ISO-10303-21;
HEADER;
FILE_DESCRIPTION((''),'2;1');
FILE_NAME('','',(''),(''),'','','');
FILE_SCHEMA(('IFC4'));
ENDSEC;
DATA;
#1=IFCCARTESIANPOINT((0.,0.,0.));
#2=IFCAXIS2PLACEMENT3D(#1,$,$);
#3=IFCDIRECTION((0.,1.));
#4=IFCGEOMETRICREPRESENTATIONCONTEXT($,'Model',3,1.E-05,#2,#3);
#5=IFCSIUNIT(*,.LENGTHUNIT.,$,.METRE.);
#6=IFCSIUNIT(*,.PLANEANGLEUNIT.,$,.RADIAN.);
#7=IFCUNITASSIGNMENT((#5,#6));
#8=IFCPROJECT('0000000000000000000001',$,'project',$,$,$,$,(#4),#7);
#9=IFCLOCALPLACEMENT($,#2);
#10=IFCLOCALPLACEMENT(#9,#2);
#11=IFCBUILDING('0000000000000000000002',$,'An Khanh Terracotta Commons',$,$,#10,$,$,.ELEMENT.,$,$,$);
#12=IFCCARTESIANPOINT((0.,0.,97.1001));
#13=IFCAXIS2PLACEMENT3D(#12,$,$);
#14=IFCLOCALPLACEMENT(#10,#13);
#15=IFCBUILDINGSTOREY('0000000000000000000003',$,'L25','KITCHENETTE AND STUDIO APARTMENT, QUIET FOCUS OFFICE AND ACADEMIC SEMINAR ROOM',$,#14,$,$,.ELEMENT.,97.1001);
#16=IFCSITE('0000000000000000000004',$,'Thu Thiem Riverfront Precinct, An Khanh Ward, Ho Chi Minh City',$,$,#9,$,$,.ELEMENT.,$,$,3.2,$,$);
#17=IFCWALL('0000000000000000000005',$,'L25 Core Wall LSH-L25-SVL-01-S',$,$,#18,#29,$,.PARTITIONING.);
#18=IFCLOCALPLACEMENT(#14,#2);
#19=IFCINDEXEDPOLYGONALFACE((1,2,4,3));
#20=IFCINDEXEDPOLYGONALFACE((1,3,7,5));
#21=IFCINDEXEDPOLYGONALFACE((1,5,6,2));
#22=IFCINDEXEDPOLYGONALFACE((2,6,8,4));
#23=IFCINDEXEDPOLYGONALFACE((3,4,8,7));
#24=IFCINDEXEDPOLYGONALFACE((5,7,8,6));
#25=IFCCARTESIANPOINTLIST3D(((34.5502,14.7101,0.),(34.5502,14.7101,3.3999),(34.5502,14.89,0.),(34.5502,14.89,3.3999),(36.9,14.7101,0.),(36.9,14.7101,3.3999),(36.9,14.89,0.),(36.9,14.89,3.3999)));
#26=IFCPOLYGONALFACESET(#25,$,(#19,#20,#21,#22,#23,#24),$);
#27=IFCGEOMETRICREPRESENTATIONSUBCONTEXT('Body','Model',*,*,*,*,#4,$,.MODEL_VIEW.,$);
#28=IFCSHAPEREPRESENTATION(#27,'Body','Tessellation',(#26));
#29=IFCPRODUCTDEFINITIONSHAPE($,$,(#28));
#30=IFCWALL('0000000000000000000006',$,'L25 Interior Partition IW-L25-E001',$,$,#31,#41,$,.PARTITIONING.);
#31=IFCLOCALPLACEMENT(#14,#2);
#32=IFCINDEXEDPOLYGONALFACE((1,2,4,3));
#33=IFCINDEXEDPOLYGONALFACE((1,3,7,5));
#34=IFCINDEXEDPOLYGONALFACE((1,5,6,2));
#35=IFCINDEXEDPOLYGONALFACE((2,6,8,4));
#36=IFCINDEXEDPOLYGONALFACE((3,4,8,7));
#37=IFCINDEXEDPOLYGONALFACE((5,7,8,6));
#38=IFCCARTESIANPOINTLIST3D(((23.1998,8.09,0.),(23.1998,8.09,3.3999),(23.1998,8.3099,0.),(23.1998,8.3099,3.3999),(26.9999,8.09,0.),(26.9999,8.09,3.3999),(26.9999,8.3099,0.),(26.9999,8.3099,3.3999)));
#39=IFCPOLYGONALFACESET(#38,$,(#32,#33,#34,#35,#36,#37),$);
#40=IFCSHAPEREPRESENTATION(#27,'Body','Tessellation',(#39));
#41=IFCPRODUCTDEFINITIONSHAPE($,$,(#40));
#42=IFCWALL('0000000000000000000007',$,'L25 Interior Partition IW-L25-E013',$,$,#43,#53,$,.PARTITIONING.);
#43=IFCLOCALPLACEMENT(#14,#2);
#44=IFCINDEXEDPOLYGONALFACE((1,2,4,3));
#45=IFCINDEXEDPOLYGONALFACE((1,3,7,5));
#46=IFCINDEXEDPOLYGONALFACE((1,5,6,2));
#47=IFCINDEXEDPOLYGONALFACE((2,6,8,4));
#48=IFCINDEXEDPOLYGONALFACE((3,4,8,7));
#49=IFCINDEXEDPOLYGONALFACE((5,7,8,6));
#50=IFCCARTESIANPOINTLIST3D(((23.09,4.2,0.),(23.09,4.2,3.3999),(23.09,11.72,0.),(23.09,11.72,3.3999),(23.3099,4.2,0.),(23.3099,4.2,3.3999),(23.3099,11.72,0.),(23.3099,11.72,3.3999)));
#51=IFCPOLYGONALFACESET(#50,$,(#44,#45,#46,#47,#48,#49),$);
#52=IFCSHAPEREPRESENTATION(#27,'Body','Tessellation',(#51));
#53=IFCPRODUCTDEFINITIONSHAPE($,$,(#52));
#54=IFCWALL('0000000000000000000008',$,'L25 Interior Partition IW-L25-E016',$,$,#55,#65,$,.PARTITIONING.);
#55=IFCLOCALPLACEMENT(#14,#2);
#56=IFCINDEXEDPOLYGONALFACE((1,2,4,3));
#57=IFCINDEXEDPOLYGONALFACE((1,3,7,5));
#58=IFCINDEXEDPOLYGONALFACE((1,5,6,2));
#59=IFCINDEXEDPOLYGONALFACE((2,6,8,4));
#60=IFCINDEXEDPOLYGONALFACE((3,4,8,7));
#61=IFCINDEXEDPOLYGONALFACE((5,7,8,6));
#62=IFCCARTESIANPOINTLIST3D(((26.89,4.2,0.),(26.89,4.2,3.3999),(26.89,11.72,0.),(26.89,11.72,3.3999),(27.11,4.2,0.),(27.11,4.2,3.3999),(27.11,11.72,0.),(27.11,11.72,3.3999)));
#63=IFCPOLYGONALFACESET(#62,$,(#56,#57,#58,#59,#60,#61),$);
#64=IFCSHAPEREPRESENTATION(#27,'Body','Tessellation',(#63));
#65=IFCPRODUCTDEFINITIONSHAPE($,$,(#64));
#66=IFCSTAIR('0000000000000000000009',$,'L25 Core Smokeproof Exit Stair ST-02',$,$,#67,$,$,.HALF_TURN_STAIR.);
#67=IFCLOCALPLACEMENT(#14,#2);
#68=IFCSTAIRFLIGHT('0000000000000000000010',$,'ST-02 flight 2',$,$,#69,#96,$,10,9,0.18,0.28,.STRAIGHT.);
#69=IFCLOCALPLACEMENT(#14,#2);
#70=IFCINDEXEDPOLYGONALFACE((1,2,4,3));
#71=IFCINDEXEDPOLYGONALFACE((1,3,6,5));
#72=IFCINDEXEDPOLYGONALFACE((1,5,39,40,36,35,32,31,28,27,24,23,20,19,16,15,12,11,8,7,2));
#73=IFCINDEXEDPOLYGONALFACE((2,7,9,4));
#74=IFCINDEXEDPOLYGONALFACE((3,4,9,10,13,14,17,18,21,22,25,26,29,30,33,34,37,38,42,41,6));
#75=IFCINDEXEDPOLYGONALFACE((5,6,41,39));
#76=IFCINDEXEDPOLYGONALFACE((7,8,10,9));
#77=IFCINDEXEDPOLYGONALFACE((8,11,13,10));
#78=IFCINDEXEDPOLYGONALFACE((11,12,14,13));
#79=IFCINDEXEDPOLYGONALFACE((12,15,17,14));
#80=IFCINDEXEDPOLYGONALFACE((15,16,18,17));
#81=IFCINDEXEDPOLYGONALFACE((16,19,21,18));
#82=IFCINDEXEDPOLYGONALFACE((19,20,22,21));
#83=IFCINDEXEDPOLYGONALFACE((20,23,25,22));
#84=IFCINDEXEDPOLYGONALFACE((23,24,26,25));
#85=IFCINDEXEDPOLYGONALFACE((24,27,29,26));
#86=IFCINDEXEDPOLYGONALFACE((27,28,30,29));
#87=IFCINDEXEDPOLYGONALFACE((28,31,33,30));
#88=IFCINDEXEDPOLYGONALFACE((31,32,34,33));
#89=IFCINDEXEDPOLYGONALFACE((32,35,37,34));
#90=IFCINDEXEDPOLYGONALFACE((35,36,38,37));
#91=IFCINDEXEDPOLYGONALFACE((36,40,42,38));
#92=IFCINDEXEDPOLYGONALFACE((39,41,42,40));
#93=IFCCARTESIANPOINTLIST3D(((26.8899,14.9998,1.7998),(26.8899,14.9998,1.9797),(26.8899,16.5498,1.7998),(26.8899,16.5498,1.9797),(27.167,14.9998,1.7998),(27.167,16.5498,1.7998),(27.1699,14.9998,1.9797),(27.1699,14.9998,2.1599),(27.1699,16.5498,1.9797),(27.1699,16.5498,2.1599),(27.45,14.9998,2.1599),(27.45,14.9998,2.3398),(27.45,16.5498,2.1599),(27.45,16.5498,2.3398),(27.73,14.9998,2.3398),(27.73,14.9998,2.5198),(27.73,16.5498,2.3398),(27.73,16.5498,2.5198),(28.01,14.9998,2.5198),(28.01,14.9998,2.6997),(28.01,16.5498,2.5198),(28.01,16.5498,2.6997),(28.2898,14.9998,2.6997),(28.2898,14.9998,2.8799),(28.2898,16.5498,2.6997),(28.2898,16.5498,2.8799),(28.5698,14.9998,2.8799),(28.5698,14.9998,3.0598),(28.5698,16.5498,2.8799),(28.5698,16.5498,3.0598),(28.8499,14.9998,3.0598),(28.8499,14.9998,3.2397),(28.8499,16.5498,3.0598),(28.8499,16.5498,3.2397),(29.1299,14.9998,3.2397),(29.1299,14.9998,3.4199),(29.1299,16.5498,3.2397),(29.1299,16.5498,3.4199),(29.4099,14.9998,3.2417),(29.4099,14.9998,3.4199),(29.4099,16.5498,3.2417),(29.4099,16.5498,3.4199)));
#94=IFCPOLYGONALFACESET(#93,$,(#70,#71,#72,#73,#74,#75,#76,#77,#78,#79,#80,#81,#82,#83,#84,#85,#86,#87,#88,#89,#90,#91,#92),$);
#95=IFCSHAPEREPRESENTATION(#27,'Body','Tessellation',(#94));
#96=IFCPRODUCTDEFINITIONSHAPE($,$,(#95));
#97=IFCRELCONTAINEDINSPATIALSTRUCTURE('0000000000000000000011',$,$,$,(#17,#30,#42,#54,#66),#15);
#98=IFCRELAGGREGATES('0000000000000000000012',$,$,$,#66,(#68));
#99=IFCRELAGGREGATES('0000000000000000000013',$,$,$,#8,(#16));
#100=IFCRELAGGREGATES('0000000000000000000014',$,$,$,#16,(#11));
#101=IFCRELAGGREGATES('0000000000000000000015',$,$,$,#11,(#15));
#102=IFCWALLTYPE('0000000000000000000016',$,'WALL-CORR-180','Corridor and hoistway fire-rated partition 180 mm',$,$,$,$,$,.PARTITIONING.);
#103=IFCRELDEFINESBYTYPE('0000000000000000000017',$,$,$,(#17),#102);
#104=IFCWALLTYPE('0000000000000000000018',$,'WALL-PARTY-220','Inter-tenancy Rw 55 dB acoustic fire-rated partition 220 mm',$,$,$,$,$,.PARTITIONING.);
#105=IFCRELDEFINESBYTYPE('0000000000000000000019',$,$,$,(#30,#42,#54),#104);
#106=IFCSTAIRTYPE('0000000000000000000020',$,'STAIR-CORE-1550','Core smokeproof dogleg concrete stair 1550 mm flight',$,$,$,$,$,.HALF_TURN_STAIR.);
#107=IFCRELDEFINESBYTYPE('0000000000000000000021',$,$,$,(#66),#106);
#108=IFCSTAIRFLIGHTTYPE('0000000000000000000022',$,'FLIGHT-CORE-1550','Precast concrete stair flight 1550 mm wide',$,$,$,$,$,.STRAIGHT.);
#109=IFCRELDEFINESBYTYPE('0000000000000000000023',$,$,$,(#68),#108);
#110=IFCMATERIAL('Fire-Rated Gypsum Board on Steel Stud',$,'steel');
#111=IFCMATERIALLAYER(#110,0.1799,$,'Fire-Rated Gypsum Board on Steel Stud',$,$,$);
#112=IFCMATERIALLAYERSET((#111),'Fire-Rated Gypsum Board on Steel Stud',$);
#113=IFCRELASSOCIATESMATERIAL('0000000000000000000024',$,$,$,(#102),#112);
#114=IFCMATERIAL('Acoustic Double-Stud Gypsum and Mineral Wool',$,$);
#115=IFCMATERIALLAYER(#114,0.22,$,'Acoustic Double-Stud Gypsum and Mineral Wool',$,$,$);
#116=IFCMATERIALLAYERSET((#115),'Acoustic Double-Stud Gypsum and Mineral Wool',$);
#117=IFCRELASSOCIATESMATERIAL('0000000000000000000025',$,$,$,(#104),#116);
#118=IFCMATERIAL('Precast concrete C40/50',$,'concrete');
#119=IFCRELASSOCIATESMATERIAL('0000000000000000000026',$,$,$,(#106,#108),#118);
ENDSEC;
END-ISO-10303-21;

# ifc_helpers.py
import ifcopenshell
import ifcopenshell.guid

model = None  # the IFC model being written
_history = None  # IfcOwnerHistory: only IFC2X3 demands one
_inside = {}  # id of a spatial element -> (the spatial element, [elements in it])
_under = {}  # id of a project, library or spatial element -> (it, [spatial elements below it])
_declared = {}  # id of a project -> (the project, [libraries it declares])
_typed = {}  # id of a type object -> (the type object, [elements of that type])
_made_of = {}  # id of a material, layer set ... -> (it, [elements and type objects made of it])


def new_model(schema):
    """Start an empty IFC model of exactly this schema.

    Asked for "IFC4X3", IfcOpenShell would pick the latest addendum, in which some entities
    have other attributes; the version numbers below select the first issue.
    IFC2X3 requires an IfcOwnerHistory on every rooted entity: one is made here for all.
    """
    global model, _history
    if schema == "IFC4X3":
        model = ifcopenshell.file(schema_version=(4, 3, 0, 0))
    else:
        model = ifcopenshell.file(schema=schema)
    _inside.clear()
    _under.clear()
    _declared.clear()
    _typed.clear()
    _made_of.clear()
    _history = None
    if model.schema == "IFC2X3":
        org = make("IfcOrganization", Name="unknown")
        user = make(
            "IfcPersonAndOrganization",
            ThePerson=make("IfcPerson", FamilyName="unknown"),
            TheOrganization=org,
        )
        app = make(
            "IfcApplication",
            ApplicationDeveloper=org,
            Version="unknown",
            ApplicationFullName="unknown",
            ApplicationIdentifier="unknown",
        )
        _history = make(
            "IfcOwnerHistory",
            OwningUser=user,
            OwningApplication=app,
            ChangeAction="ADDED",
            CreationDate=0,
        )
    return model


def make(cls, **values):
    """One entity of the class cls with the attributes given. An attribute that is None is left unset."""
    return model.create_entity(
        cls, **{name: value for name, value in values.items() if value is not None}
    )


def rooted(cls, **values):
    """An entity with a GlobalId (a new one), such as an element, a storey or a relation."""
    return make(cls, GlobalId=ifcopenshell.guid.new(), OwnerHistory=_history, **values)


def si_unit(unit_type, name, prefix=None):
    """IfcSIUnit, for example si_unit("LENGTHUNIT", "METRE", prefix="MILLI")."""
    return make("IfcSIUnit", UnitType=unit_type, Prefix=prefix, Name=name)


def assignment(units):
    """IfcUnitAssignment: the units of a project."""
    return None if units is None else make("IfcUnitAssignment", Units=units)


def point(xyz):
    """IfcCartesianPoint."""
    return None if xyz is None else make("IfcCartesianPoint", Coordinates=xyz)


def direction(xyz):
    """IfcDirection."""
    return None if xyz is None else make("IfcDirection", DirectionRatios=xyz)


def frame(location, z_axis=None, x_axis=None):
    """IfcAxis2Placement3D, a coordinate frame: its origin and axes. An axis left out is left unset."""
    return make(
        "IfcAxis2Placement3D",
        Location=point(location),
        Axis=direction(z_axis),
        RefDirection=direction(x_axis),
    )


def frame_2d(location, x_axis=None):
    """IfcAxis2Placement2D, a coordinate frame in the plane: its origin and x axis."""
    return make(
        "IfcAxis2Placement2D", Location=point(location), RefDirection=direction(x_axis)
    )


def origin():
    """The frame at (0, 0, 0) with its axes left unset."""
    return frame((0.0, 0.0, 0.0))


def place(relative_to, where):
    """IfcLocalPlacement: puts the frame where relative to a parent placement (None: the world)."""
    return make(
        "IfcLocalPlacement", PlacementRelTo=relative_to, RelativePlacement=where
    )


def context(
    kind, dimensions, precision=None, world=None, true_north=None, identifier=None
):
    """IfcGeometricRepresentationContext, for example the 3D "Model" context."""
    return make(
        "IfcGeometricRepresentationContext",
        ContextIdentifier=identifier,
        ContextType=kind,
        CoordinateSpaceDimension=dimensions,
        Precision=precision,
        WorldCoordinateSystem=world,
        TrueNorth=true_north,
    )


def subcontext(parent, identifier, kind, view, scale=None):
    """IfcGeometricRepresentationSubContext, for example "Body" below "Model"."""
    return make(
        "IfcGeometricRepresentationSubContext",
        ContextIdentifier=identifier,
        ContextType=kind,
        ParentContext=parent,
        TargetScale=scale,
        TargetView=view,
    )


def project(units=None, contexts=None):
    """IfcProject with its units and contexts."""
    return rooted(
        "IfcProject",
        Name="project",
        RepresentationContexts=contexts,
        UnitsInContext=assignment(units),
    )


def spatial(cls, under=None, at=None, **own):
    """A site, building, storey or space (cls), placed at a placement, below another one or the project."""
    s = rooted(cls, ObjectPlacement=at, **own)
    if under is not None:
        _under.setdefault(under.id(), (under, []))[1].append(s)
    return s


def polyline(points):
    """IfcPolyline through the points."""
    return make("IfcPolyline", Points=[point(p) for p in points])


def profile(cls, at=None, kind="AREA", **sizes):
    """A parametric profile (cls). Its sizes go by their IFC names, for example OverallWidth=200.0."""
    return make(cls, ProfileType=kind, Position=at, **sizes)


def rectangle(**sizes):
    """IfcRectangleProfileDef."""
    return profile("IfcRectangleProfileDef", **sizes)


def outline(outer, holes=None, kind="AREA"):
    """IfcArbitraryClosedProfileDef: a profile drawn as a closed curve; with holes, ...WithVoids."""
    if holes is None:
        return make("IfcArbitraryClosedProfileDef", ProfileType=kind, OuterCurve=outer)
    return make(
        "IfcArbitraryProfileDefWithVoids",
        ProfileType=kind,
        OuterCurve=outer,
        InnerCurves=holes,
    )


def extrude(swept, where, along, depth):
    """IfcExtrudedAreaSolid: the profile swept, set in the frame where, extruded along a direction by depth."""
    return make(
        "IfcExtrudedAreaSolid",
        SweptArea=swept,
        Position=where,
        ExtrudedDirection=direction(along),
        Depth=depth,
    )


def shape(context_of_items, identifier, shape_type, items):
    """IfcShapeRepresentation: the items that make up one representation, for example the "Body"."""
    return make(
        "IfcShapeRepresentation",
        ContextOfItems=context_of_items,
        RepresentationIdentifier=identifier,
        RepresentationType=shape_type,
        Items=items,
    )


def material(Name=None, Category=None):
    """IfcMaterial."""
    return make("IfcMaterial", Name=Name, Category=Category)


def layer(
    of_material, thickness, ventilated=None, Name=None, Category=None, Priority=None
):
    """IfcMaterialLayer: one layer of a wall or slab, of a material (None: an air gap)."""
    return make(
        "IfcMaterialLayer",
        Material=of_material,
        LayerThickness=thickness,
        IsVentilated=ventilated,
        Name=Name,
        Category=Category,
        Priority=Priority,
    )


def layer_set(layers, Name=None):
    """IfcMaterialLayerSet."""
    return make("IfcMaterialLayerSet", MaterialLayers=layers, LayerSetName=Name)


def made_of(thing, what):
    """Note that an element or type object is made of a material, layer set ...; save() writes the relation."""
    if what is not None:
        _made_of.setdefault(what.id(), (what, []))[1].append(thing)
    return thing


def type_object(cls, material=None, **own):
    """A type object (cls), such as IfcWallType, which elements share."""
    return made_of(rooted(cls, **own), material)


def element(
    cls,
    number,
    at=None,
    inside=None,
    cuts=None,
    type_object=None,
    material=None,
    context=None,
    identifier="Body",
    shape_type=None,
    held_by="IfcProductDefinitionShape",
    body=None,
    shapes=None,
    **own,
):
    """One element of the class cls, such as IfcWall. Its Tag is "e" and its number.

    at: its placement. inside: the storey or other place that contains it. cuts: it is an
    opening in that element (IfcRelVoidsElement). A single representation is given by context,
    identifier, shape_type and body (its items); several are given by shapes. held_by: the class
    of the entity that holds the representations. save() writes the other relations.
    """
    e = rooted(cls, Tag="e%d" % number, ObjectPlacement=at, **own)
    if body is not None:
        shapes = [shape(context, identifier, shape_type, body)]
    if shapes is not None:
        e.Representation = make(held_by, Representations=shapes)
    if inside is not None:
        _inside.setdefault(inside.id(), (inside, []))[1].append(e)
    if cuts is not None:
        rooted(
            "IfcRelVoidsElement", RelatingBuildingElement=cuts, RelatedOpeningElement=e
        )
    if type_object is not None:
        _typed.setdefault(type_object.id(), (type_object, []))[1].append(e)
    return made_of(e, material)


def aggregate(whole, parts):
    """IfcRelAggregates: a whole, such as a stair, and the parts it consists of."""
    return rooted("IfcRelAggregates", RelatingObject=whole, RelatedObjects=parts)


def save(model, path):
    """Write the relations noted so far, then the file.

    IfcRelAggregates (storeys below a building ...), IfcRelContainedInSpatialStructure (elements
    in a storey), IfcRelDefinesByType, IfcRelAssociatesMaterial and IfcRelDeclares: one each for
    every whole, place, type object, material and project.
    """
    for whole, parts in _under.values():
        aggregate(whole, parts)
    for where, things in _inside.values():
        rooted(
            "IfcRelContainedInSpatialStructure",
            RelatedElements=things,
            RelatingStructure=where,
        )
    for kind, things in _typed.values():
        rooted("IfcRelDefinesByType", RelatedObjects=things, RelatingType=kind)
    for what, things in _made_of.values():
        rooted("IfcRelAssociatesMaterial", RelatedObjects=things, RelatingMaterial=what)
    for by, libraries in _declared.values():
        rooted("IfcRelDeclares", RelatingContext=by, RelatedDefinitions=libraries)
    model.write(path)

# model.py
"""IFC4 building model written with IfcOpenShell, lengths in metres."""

from ifc_helpers import new_model, si_unit, direction, frame, frame_2d, origin, place, context, subcontext, project, spatial, polyline, rectangle, outline, extrude, material, layer, layer_set, type_object, element, aggregate, save


model = new_model("IFC4")

# Units and contexts
model_context = context("Model", 3, precision=1e-05, world=origin(), true_north=direction((0.0, 1.0)))
body_context = subcontext(model_context, "Body", "Model", "MODEL_VIEW")
ifc_project = project(units=[si_unit("LENGTHUNIT", "METRE"), si_unit("PLANEANGLEUNIT", "RADIAN")], contexts=[model_context])

# Site, building, storey
site_placement = place(None, origin())
site = spatial("IfcSite", under=ifc_project, at=site_placement, Name="Thu Thiem Riverfront Precinct, An Khanh Ward, Ho Chi Minh City", CompositionType="ELEMENT", RefElevation=3.2)
building_placement = place(site_placement, origin())
building = spatial("IfcBuilding", under=site, at=building_placement, Name="An Khanh Terracotta Commons", CompositionType="ELEMENT")
storey_placement = place(building_placement, frame((0.0, 0.0, 97.1001)))
storey = spatial("IfcBuildingStorey", under=building, at=storey_placement, Name="L25", Description="KITCHENETTE AND STUDIO APARTMENT, QUIET FOCUS OFFICE AND ACADEMIC SEMINAR ROOM", CompositionType="ELEMENT", Elevation=97.1001)

# Walls
ifc_material_1 = material(Name="Fire-Rated Gypsum Board on Steel Stud", Category="steel")
ifc_layer_1 = layer(ifc_material_1, 0.1799, Name="Fire-Rated Gypsum Board on Steel Stud")
ifc_layer_set_1 = layer_set([ifc_layer_1], Name="Fire-Rated Gypsum Board on Steel Stud")
wall_type_1 = type_object("IfcWallType", Name="WALL-CORR-180", Description="Corridor and hoistway fire-rated partition 180 mm", PredefinedType="PARTITIONING", material=ifc_layer_set_1)
wall_1_placement = place(storey_placement, frame((36.8999, 14.8, 0.0), z_axis=(0.0, 0.0, 1.0), x_axis=(-1.0, 0.0, 0.0)))
element("IfcWall", 1, at=wall_1_placement, inside=storey, type_object=wall_type_1, Name="L25 Core Wall LSH-L25-SVL-01-S", PredefinedType="PARTITIONING", context=body_context, shape_type="SweptSolid", body=[
    extrude(rectangle(XDim=2.3499, YDim=0.1799, at=frame_2d((1.1748, 0.0))), origin(), (0.0, 0.0, 1.0), 3.3999),
])
ifc_material_2 = material(Name="Acoustic Double-Stud Gypsum and Mineral Wool")
ifc_layer_2 = layer(ifc_material_2, 0.22, Name="Acoustic Double-Stud Gypsum and Mineral Wool")
ifc_layer_set_2 = layer_set([ifc_layer_2], Name="Acoustic Double-Stud Gypsum and Mineral Wool")
wall_type_2 = type_object("IfcWallType", Name="WALL-PARTY-220", Description="Inter-tenancy Rw 55 dB acoustic fire-rated partition 220 mm", PredefinedType="PARTITIONING", material=ifc_layer_set_2)
wall_2_placement = place(storey_placement, frame((23.2, 8.2, 0.0), z_axis=(0.0, 0.0, 1.0), x_axis=(1.0, 0.0, 0.0)))
element("IfcWall", 2, at=wall_2_placement, inside=storey, type_object=wall_type_2, Name="L25 Interior Partition IW-L25-E001", PredefinedType="PARTITIONING", context=body_context, shape_type="SweptSolid", body=[
    extrude(rectangle(XDim=3.8, YDim=0.22, at=frame_2d((1.8999, 0.0))), origin(), (0.0, 0.0, 1.0), 3.3999),
])
for number, where, z_axis, x_axis, name in (
    (3, (23.2, 4.2, 0.0), (0.0, 0.0, 1.0), (0.0, 1.0, 0.0), "L25 Interior Partition IW-L25-E013"),
    (4, (27.0, 4.2, 0.0), (0.0, 0.0, 1.0), (0.0, 1.0, 0.0), "L25 Interior Partition IW-L25-E016"),
):
    element("IfcWall", number, at=place(storey_placement, frame(where, z_axis=z_axis, x_axis=x_axis)), inside=storey, type_object=wall_type_2, Name=name, PredefinedType="PARTITIONING", context=body_context, shape_type="SweptSolid", body=[
        extrude(rectangle(XDim=7.52, YDim=0.22, at=frame_2d((3.76, 0.0))), origin(), (0.0, 0.0, 1.0), 3.3999),
    ])

# Stair, stair flight
ifc_material_3 = material(Name="Precast concrete C40/50", Category="concrete")
stair_type = type_object("IfcStairType", Name="STAIR-CORE-1550", Description="Core smokeproof dogleg concrete stair 1550 mm flight", PredefinedType="HALF_TURN_STAIR", material=ifc_material_3)
stair_placement = place(storey_placement, origin())
stair = element("IfcStair", 5, at=stair_placement, inside=storey, type_object=stair_type, Name="L25 Core Smokeproof Exit Stair ST-02", PredefinedType="HALF_TURN_STAIR")
stair_flight_type = type_object("IfcStairFlightType", Name="FLIGHT-CORE-1550", Description="Precast concrete stair flight 1550 mm wide", PredefinedType="STRAIGHT", material=ifc_material_3)
stair_flight_placement = place(storey_placement, frame((26.8899, 15.7749, 1.7998), z_axis=(0.0, 0.0, 1.0), x_axis=(1.0, 0.0, 0.0)))
stair_flight = element("IfcStairFlight", 6, at=stair_flight_placement, type_object=stair_flight_type, Name="ST-02 flight 2", NumberOfRisers=10, NumberOfTreads=9, PredefinedType="STRAIGHT", RiserHeight=0.18, TreadLength=0.28, context=body_context, shape_type="SweptSolid", body=[
    extrude(outline(polyline([(0.0, 0.0), (0.0, 0.1799), (0.28, 0.1799), (0.28, 0.3601), (0.5601, 0.3601), (0.5601, 0.54), (0.8401, 0.54), (0.8401, 0.72), (1.1201, 0.72), (1.1201, 0.8999), (1.3999, 0.8999), (1.3999, 1.0801), (1.6799, 1.0801), (1.6799, 1.26), (1.96, 1.26), (1.96, 1.4399), (2.24, 1.4399), (2.24, 1.6201), (2.52, 1.6201), (2.52, 1.8), (2.52, 1.4419), (0.2771, 0.0), (0.0, 0.0)])), frame((0.0, 0.7749, 0.0), z_axis=(0.0, -1.0, 0.0), x_axis=(1.0, 0.0, 0.0)), (0.0, 0.0, 1.0), 1.55),
])
aggregate(stair, [stair_flight])

save(model, "model.ifc")
